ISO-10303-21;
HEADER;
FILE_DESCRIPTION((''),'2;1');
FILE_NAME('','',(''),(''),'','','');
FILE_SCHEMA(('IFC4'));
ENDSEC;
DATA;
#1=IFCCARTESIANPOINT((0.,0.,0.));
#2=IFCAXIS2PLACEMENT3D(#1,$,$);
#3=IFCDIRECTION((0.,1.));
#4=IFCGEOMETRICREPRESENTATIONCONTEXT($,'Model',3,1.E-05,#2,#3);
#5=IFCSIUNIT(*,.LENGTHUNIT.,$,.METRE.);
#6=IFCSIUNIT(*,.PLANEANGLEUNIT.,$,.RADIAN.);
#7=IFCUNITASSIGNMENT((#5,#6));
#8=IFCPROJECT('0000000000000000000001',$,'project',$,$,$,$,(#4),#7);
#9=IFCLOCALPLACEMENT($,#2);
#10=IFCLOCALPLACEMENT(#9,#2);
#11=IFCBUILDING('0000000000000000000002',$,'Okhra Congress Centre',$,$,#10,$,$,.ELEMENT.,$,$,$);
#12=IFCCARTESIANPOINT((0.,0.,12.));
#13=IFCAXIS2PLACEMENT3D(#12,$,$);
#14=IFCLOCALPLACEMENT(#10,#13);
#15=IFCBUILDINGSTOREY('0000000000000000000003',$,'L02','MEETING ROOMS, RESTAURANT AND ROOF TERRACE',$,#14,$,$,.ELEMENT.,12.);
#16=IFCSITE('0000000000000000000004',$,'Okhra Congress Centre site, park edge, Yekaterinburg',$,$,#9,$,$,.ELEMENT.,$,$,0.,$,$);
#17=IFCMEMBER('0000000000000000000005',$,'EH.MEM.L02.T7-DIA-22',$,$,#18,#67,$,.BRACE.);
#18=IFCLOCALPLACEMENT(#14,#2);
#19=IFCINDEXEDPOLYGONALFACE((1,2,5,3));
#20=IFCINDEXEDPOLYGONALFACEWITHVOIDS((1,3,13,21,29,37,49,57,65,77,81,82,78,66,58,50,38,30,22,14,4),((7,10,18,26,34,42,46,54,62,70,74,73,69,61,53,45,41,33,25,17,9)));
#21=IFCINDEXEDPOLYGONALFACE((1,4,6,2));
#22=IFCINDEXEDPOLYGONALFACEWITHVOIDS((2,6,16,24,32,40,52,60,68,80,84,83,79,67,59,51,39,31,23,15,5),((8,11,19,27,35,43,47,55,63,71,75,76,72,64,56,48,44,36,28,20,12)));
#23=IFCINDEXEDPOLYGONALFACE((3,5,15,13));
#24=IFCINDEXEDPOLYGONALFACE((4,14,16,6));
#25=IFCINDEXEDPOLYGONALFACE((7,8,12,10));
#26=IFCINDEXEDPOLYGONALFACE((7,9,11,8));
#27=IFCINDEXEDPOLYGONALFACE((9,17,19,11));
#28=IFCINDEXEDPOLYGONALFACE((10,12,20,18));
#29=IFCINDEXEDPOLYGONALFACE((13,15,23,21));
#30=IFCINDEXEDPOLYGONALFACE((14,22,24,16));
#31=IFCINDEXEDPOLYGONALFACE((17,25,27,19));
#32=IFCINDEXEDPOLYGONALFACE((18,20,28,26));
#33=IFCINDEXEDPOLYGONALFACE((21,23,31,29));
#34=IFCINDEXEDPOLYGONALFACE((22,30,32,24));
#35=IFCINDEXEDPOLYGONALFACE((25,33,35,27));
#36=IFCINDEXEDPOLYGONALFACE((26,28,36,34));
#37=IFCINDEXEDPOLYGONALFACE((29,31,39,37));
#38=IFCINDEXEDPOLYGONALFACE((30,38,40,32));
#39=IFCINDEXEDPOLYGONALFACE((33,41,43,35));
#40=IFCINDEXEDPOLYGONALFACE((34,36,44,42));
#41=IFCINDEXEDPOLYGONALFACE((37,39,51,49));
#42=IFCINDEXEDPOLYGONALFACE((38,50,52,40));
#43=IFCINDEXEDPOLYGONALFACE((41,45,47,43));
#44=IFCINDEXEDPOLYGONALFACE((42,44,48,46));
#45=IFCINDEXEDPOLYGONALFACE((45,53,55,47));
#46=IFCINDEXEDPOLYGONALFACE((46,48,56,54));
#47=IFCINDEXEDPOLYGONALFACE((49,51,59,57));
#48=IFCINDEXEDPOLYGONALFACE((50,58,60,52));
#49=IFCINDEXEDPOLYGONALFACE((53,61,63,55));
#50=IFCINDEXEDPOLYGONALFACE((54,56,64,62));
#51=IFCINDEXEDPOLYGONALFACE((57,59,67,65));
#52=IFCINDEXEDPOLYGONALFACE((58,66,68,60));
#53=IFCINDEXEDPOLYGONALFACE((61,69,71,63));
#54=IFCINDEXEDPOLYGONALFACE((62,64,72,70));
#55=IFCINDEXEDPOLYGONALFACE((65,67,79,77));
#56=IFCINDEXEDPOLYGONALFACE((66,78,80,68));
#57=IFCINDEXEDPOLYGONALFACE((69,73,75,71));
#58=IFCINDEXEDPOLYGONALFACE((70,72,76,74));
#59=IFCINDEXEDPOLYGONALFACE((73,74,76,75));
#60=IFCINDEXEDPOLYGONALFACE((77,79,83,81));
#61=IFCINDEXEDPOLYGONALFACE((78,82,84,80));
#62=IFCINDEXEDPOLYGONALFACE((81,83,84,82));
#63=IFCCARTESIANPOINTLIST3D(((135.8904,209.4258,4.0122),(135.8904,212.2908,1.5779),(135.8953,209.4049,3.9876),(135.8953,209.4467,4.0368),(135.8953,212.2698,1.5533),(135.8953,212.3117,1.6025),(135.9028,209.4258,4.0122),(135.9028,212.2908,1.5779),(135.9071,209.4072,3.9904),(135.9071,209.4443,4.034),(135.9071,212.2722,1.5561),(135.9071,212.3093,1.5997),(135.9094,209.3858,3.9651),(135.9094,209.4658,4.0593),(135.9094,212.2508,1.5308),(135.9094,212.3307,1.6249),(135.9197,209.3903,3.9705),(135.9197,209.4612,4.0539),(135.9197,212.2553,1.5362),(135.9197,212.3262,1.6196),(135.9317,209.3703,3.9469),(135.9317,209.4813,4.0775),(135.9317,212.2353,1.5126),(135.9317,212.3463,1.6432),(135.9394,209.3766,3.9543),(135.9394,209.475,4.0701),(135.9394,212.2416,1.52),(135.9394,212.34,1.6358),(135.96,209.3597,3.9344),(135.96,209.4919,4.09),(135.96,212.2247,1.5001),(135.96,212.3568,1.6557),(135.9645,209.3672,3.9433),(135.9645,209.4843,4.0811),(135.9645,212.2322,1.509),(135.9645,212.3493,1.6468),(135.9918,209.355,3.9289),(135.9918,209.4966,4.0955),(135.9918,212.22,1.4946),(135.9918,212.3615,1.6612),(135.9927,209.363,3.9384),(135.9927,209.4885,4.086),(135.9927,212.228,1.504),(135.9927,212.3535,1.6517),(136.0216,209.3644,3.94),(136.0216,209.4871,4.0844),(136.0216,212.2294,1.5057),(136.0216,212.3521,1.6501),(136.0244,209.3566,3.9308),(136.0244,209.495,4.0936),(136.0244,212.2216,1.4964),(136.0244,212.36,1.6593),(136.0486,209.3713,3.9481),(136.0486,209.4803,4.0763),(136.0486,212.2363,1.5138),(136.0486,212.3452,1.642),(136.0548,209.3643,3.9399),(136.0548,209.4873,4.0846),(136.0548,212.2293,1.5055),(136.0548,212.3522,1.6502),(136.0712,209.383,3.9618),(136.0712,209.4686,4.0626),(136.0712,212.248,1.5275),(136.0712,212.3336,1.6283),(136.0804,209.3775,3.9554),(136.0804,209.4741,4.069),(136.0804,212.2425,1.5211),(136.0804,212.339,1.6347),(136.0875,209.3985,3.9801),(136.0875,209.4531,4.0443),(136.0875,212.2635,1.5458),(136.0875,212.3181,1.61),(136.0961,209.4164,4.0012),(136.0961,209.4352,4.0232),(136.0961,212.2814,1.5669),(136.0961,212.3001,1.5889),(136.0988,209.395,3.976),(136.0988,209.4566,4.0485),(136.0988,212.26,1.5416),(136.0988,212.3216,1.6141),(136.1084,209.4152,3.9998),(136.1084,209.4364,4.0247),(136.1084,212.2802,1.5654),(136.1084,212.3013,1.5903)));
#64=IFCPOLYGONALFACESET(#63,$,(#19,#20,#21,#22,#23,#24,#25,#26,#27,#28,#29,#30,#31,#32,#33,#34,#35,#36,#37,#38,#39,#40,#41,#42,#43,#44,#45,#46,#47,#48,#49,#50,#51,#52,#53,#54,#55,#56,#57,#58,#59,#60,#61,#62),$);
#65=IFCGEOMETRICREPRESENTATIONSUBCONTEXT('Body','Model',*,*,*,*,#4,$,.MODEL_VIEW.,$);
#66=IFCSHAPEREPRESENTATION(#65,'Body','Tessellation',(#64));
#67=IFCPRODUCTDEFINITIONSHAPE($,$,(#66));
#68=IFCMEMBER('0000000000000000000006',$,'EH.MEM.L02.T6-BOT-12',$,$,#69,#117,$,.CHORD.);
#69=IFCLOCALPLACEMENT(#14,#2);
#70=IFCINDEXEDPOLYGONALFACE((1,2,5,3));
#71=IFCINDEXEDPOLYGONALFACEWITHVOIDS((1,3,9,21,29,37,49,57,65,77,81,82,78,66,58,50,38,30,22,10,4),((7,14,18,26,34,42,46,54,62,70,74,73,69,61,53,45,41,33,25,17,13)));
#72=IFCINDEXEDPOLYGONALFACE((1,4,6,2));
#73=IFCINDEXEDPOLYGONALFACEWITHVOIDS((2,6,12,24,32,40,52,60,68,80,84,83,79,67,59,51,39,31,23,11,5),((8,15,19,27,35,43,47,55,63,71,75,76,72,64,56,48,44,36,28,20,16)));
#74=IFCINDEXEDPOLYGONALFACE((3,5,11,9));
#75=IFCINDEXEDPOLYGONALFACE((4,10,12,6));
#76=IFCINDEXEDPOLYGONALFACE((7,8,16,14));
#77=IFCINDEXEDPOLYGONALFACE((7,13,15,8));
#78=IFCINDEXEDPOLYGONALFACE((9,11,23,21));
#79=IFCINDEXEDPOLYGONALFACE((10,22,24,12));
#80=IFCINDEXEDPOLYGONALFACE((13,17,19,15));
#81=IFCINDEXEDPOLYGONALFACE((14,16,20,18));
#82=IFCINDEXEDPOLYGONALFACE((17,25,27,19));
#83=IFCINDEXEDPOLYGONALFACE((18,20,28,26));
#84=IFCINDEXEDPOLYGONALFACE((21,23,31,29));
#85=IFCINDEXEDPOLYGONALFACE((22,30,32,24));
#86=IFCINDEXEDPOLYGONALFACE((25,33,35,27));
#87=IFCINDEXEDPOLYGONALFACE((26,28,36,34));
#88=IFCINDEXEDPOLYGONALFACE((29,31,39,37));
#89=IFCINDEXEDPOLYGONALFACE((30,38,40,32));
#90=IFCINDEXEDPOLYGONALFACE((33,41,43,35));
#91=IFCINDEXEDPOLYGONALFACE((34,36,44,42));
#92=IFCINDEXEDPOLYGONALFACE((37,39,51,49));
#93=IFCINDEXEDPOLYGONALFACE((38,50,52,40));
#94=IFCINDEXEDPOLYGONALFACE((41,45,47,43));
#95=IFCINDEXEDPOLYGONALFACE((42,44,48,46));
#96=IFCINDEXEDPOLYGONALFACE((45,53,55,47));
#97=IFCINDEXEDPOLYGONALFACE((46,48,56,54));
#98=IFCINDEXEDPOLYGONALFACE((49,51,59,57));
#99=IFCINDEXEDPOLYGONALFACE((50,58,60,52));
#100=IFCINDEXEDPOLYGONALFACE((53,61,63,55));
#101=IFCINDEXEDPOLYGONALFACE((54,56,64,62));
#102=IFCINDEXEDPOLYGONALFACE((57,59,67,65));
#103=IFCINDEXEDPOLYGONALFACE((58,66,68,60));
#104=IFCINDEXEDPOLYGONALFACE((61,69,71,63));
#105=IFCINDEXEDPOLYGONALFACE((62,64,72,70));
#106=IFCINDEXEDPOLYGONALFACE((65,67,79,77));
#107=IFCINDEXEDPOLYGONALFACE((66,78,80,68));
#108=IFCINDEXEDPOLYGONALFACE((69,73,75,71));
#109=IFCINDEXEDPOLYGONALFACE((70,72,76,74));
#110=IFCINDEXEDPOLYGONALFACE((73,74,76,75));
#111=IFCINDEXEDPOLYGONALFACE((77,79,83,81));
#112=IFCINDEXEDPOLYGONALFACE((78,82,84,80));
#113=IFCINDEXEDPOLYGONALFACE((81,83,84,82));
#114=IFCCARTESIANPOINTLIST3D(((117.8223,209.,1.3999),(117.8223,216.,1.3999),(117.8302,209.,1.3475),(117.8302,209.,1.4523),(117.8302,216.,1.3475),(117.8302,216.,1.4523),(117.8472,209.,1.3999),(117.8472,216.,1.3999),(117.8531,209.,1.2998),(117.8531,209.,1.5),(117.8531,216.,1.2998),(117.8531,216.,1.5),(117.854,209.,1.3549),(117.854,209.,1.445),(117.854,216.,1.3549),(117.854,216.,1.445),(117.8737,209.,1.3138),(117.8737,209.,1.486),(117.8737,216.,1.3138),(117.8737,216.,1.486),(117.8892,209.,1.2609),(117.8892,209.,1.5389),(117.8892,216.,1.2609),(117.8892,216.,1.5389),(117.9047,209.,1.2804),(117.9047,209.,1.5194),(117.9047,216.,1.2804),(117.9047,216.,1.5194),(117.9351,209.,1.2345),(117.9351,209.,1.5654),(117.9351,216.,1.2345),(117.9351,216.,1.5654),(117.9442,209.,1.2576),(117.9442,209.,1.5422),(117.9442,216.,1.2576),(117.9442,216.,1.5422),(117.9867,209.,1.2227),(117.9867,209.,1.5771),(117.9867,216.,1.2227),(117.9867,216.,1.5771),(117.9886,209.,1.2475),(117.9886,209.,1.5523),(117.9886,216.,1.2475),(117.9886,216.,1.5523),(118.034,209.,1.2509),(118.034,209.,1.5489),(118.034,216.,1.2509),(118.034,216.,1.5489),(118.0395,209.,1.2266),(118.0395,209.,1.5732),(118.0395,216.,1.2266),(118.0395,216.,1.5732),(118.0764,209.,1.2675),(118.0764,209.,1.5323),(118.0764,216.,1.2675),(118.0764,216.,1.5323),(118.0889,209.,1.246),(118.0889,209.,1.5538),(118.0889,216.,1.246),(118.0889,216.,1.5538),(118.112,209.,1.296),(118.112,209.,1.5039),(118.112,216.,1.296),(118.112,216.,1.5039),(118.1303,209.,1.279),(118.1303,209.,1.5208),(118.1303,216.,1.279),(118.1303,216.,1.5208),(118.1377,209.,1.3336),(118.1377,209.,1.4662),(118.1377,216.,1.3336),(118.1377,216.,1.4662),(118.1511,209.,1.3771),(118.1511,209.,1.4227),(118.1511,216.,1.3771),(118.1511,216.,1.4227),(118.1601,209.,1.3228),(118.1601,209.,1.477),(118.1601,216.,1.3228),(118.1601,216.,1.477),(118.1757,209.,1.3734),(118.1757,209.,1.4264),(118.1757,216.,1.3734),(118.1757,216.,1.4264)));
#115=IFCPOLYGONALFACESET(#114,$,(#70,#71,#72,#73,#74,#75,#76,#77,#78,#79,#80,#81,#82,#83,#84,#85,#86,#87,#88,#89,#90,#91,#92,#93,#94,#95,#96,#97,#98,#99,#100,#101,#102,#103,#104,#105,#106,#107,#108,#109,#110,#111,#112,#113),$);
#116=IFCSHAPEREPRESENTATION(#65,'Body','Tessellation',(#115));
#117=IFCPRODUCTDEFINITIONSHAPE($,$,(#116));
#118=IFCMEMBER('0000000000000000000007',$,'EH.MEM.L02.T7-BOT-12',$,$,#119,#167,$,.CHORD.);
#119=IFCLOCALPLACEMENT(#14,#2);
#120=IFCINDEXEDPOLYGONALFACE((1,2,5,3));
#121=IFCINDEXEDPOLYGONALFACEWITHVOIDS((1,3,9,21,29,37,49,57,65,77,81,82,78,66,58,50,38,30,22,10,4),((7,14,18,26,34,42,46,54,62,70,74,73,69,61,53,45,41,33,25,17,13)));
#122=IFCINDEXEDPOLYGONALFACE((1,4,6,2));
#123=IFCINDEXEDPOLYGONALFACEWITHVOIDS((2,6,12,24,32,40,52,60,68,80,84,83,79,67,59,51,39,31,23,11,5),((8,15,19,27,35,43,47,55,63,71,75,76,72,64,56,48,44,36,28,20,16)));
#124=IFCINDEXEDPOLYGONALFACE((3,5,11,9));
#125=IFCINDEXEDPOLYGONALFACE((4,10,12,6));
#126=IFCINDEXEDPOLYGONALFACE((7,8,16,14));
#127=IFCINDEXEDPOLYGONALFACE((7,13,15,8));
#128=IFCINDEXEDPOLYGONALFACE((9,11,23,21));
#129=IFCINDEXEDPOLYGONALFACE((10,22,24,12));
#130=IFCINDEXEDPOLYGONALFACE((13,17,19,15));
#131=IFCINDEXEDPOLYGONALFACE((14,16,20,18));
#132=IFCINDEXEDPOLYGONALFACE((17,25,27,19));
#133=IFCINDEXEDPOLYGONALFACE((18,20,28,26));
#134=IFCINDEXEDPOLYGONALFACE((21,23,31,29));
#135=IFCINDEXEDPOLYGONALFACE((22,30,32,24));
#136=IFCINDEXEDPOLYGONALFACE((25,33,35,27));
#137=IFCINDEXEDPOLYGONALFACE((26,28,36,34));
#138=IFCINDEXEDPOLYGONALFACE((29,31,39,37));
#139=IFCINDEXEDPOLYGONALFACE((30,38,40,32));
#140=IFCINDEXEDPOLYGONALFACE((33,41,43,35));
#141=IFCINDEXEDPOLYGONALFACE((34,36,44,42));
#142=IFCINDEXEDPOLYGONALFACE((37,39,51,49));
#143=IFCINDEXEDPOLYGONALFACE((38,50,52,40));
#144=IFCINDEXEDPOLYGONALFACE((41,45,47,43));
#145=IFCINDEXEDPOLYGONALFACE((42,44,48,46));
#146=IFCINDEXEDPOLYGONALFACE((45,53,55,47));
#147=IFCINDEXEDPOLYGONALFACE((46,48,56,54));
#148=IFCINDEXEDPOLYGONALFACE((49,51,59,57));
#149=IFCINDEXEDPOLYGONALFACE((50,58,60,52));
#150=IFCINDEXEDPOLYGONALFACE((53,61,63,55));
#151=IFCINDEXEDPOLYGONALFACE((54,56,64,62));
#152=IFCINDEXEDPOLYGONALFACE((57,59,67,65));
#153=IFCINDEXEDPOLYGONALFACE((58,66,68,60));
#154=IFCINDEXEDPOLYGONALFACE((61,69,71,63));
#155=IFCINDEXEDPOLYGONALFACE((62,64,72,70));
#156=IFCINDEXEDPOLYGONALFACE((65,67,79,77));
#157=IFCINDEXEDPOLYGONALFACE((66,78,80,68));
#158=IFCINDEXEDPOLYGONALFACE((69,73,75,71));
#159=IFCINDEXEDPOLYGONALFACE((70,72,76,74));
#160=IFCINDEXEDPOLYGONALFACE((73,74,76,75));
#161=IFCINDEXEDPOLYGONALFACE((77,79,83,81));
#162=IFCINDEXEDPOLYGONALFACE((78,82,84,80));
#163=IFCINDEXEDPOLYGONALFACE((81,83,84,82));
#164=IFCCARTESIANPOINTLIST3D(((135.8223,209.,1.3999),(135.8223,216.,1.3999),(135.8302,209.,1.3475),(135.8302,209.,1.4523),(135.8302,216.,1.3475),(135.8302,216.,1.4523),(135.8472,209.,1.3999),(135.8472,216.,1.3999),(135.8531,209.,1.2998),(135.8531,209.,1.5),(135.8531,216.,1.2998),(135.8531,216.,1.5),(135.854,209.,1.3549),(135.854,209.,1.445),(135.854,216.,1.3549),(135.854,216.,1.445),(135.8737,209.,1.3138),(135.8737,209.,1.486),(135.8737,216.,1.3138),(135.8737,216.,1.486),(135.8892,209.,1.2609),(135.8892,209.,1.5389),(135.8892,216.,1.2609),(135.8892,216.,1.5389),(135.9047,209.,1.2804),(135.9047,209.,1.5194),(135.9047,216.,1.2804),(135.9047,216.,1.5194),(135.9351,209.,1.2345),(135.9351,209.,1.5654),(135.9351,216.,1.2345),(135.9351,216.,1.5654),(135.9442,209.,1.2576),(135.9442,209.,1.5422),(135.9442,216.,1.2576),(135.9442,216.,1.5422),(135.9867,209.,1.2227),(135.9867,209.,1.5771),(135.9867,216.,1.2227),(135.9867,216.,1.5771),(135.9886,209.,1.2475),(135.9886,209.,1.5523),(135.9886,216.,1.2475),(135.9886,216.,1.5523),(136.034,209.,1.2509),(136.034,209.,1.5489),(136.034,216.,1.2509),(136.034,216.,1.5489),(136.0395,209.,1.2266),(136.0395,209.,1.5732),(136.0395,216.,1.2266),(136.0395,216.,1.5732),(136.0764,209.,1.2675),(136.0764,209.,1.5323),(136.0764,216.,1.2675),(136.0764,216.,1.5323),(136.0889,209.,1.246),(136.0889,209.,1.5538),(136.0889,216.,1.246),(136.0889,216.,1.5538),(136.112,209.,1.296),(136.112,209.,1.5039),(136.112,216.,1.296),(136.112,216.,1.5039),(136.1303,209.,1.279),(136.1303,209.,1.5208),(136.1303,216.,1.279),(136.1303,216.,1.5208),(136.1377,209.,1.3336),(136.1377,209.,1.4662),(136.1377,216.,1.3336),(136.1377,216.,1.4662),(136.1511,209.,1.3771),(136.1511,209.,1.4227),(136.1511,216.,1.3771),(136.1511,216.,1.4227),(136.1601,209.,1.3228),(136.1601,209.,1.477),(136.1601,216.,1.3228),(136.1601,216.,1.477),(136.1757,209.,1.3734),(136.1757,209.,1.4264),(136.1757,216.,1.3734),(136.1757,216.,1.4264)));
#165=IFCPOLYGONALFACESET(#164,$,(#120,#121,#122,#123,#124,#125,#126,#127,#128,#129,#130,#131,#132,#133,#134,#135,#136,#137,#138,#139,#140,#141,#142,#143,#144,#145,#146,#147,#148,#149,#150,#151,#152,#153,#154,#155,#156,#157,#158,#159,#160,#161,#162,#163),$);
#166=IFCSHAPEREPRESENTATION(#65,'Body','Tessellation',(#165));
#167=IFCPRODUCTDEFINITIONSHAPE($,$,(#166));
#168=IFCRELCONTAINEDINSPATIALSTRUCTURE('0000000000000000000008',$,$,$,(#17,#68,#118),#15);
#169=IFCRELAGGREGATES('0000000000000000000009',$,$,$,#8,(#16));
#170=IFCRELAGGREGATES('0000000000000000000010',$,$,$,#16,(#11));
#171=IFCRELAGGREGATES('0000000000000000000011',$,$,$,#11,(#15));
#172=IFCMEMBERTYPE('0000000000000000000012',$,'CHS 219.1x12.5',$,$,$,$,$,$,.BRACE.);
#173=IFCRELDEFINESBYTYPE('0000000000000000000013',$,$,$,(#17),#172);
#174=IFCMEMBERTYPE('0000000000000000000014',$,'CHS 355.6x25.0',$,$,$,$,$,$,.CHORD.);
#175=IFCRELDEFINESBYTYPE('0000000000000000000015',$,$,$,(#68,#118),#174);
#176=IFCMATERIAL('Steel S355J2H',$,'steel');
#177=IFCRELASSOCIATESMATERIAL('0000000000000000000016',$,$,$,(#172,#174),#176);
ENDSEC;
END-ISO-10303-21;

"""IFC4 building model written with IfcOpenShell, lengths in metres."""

from ifc_helpers import new_model, si_unit, direction, frame, origin, origin_2d, place, context, subcontext, project, spatial, hollow_circle, extrude, material, material_profile, profile_set, type_object, element, save


model = new_model("IFC4")

# Units and contexts
model_context = context("Model", 3, precision=1e-05, world=origin(), true_north=direction((0.0, 1.0)))
body_context = subcontext(model_context, "Body", "Model", "MODEL_VIEW")
ifc_project = project(units=[si_unit("LENGTHUNIT", "METRE"), si_unit("PLANEANGLEUNIT", "RADIAN")], contexts=[model_context])

# Site, building, storey
site_placement = place(None, origin())
site = spatial("IfcSite", under=ifc_project, at=site_placement, Name="Okhra Congress Centre site, park edge, Yekaterinburg", CompositionType="ELEMENT", RefElevation=0.0)
building_placement = place(site_placement, origin())
building = spatial("IfcBuilding", under=site, at=building_placement, Name="Okhra Congress Centre", CompositionType="ELEMENT")
storey_placement = place(building_placement, frame((0.0, 0.0, 12.0)))
storey = spatial("IfcBuildingStorey", under=building, at=storey_placement, Name="L02", Description="MEETING ROOMS, RESTAURANT AND ROOF TERRACE", CompositionType="ELEMENT", Elevation=12.0)

# Members
ifc_material_1 = material(Name="Steel S355J2H", Category="steel")
ifc_material_profile_1 = material_profile(ifc_material_1, hollow_circle(Radius=0.1096, WallThickness=0.0125, at=origin_2d()), Name="CHS 219.1x12.5")
ifc_profile_set_1 = profile_set([ifc_material_profile_1], Name="Steel S355J2H")
member_type_1 = type_object("IfcMemberType", Name="CHS 219.1x12.5", PredefinedType="BRACE", material=ifc_profile_set_1)
member_1_placement = place(storey_placement, frame((136.0, 209.4258, 4.0122), z_axis=(0.0, 0.762059, -0.647507), x_axis=(-1.0, 0.0, 0.0)))
element("IfcMember", 1, at=member_1_placement, inside=storey, type_object=member_type_1, Name="EH.MEM.L02.T7-DIA-22", PredefinedType="BRACE", context=body_context, shape_type="SweptSolid", body=[
    extrude(hollow_circle(Radius=0.1096, WallThickness=0.0125, at=origin_2d()), origin(), (0.0, 0.0, 1.0), 3.7595),
])
ifc_material_profile_2 = material_profile(ifc_material_1, hollow_circle(Radius=0.1777, WallThickness=0.0249, at=origin_2d()), Name="CHS 355.6x25.0")
ifc_profile_set_2 = profile_set([ifc_material_profile_2], Name="Steel S355J2H")
member_type_2 = type_object("IfcMemberType", Name="CHS 355.6x25.0", PredefinedType="CHORD", material=ifc_profile_set_2)
for number, where, z_axis, x_axis, name in (
    (2, (118.0, 209.0, 1.3999), (0.0, 1.0, 0.0), (-1.0, 0.0, 0.0), "EH.MEM.L02.T6-BOT-12"),
    (3, (136.0, 209.0, 1.3999), (0.0, 1.0, 0.0), (-1.0, 0.0, 0.0), "EH.MEM.L02.T7-BOT-12"),
):
    element("IfcMember", number, at=place(storey_placement, frame(where, z_axis=z_axis, x_axis=x_axis)), inside=storey, type_object=member_type_2, Name=name, PredefinedType="CHORD", context=body_context, shape_type="SweptSolid", body=[
        extrude(hollow_circle(Radius=0.1777, WallThickness=0.0249, at=origin_2d()), origin(), (0.0, 0.0, 1.0), 7.0),
    ])

save(model, "model.ifc")
